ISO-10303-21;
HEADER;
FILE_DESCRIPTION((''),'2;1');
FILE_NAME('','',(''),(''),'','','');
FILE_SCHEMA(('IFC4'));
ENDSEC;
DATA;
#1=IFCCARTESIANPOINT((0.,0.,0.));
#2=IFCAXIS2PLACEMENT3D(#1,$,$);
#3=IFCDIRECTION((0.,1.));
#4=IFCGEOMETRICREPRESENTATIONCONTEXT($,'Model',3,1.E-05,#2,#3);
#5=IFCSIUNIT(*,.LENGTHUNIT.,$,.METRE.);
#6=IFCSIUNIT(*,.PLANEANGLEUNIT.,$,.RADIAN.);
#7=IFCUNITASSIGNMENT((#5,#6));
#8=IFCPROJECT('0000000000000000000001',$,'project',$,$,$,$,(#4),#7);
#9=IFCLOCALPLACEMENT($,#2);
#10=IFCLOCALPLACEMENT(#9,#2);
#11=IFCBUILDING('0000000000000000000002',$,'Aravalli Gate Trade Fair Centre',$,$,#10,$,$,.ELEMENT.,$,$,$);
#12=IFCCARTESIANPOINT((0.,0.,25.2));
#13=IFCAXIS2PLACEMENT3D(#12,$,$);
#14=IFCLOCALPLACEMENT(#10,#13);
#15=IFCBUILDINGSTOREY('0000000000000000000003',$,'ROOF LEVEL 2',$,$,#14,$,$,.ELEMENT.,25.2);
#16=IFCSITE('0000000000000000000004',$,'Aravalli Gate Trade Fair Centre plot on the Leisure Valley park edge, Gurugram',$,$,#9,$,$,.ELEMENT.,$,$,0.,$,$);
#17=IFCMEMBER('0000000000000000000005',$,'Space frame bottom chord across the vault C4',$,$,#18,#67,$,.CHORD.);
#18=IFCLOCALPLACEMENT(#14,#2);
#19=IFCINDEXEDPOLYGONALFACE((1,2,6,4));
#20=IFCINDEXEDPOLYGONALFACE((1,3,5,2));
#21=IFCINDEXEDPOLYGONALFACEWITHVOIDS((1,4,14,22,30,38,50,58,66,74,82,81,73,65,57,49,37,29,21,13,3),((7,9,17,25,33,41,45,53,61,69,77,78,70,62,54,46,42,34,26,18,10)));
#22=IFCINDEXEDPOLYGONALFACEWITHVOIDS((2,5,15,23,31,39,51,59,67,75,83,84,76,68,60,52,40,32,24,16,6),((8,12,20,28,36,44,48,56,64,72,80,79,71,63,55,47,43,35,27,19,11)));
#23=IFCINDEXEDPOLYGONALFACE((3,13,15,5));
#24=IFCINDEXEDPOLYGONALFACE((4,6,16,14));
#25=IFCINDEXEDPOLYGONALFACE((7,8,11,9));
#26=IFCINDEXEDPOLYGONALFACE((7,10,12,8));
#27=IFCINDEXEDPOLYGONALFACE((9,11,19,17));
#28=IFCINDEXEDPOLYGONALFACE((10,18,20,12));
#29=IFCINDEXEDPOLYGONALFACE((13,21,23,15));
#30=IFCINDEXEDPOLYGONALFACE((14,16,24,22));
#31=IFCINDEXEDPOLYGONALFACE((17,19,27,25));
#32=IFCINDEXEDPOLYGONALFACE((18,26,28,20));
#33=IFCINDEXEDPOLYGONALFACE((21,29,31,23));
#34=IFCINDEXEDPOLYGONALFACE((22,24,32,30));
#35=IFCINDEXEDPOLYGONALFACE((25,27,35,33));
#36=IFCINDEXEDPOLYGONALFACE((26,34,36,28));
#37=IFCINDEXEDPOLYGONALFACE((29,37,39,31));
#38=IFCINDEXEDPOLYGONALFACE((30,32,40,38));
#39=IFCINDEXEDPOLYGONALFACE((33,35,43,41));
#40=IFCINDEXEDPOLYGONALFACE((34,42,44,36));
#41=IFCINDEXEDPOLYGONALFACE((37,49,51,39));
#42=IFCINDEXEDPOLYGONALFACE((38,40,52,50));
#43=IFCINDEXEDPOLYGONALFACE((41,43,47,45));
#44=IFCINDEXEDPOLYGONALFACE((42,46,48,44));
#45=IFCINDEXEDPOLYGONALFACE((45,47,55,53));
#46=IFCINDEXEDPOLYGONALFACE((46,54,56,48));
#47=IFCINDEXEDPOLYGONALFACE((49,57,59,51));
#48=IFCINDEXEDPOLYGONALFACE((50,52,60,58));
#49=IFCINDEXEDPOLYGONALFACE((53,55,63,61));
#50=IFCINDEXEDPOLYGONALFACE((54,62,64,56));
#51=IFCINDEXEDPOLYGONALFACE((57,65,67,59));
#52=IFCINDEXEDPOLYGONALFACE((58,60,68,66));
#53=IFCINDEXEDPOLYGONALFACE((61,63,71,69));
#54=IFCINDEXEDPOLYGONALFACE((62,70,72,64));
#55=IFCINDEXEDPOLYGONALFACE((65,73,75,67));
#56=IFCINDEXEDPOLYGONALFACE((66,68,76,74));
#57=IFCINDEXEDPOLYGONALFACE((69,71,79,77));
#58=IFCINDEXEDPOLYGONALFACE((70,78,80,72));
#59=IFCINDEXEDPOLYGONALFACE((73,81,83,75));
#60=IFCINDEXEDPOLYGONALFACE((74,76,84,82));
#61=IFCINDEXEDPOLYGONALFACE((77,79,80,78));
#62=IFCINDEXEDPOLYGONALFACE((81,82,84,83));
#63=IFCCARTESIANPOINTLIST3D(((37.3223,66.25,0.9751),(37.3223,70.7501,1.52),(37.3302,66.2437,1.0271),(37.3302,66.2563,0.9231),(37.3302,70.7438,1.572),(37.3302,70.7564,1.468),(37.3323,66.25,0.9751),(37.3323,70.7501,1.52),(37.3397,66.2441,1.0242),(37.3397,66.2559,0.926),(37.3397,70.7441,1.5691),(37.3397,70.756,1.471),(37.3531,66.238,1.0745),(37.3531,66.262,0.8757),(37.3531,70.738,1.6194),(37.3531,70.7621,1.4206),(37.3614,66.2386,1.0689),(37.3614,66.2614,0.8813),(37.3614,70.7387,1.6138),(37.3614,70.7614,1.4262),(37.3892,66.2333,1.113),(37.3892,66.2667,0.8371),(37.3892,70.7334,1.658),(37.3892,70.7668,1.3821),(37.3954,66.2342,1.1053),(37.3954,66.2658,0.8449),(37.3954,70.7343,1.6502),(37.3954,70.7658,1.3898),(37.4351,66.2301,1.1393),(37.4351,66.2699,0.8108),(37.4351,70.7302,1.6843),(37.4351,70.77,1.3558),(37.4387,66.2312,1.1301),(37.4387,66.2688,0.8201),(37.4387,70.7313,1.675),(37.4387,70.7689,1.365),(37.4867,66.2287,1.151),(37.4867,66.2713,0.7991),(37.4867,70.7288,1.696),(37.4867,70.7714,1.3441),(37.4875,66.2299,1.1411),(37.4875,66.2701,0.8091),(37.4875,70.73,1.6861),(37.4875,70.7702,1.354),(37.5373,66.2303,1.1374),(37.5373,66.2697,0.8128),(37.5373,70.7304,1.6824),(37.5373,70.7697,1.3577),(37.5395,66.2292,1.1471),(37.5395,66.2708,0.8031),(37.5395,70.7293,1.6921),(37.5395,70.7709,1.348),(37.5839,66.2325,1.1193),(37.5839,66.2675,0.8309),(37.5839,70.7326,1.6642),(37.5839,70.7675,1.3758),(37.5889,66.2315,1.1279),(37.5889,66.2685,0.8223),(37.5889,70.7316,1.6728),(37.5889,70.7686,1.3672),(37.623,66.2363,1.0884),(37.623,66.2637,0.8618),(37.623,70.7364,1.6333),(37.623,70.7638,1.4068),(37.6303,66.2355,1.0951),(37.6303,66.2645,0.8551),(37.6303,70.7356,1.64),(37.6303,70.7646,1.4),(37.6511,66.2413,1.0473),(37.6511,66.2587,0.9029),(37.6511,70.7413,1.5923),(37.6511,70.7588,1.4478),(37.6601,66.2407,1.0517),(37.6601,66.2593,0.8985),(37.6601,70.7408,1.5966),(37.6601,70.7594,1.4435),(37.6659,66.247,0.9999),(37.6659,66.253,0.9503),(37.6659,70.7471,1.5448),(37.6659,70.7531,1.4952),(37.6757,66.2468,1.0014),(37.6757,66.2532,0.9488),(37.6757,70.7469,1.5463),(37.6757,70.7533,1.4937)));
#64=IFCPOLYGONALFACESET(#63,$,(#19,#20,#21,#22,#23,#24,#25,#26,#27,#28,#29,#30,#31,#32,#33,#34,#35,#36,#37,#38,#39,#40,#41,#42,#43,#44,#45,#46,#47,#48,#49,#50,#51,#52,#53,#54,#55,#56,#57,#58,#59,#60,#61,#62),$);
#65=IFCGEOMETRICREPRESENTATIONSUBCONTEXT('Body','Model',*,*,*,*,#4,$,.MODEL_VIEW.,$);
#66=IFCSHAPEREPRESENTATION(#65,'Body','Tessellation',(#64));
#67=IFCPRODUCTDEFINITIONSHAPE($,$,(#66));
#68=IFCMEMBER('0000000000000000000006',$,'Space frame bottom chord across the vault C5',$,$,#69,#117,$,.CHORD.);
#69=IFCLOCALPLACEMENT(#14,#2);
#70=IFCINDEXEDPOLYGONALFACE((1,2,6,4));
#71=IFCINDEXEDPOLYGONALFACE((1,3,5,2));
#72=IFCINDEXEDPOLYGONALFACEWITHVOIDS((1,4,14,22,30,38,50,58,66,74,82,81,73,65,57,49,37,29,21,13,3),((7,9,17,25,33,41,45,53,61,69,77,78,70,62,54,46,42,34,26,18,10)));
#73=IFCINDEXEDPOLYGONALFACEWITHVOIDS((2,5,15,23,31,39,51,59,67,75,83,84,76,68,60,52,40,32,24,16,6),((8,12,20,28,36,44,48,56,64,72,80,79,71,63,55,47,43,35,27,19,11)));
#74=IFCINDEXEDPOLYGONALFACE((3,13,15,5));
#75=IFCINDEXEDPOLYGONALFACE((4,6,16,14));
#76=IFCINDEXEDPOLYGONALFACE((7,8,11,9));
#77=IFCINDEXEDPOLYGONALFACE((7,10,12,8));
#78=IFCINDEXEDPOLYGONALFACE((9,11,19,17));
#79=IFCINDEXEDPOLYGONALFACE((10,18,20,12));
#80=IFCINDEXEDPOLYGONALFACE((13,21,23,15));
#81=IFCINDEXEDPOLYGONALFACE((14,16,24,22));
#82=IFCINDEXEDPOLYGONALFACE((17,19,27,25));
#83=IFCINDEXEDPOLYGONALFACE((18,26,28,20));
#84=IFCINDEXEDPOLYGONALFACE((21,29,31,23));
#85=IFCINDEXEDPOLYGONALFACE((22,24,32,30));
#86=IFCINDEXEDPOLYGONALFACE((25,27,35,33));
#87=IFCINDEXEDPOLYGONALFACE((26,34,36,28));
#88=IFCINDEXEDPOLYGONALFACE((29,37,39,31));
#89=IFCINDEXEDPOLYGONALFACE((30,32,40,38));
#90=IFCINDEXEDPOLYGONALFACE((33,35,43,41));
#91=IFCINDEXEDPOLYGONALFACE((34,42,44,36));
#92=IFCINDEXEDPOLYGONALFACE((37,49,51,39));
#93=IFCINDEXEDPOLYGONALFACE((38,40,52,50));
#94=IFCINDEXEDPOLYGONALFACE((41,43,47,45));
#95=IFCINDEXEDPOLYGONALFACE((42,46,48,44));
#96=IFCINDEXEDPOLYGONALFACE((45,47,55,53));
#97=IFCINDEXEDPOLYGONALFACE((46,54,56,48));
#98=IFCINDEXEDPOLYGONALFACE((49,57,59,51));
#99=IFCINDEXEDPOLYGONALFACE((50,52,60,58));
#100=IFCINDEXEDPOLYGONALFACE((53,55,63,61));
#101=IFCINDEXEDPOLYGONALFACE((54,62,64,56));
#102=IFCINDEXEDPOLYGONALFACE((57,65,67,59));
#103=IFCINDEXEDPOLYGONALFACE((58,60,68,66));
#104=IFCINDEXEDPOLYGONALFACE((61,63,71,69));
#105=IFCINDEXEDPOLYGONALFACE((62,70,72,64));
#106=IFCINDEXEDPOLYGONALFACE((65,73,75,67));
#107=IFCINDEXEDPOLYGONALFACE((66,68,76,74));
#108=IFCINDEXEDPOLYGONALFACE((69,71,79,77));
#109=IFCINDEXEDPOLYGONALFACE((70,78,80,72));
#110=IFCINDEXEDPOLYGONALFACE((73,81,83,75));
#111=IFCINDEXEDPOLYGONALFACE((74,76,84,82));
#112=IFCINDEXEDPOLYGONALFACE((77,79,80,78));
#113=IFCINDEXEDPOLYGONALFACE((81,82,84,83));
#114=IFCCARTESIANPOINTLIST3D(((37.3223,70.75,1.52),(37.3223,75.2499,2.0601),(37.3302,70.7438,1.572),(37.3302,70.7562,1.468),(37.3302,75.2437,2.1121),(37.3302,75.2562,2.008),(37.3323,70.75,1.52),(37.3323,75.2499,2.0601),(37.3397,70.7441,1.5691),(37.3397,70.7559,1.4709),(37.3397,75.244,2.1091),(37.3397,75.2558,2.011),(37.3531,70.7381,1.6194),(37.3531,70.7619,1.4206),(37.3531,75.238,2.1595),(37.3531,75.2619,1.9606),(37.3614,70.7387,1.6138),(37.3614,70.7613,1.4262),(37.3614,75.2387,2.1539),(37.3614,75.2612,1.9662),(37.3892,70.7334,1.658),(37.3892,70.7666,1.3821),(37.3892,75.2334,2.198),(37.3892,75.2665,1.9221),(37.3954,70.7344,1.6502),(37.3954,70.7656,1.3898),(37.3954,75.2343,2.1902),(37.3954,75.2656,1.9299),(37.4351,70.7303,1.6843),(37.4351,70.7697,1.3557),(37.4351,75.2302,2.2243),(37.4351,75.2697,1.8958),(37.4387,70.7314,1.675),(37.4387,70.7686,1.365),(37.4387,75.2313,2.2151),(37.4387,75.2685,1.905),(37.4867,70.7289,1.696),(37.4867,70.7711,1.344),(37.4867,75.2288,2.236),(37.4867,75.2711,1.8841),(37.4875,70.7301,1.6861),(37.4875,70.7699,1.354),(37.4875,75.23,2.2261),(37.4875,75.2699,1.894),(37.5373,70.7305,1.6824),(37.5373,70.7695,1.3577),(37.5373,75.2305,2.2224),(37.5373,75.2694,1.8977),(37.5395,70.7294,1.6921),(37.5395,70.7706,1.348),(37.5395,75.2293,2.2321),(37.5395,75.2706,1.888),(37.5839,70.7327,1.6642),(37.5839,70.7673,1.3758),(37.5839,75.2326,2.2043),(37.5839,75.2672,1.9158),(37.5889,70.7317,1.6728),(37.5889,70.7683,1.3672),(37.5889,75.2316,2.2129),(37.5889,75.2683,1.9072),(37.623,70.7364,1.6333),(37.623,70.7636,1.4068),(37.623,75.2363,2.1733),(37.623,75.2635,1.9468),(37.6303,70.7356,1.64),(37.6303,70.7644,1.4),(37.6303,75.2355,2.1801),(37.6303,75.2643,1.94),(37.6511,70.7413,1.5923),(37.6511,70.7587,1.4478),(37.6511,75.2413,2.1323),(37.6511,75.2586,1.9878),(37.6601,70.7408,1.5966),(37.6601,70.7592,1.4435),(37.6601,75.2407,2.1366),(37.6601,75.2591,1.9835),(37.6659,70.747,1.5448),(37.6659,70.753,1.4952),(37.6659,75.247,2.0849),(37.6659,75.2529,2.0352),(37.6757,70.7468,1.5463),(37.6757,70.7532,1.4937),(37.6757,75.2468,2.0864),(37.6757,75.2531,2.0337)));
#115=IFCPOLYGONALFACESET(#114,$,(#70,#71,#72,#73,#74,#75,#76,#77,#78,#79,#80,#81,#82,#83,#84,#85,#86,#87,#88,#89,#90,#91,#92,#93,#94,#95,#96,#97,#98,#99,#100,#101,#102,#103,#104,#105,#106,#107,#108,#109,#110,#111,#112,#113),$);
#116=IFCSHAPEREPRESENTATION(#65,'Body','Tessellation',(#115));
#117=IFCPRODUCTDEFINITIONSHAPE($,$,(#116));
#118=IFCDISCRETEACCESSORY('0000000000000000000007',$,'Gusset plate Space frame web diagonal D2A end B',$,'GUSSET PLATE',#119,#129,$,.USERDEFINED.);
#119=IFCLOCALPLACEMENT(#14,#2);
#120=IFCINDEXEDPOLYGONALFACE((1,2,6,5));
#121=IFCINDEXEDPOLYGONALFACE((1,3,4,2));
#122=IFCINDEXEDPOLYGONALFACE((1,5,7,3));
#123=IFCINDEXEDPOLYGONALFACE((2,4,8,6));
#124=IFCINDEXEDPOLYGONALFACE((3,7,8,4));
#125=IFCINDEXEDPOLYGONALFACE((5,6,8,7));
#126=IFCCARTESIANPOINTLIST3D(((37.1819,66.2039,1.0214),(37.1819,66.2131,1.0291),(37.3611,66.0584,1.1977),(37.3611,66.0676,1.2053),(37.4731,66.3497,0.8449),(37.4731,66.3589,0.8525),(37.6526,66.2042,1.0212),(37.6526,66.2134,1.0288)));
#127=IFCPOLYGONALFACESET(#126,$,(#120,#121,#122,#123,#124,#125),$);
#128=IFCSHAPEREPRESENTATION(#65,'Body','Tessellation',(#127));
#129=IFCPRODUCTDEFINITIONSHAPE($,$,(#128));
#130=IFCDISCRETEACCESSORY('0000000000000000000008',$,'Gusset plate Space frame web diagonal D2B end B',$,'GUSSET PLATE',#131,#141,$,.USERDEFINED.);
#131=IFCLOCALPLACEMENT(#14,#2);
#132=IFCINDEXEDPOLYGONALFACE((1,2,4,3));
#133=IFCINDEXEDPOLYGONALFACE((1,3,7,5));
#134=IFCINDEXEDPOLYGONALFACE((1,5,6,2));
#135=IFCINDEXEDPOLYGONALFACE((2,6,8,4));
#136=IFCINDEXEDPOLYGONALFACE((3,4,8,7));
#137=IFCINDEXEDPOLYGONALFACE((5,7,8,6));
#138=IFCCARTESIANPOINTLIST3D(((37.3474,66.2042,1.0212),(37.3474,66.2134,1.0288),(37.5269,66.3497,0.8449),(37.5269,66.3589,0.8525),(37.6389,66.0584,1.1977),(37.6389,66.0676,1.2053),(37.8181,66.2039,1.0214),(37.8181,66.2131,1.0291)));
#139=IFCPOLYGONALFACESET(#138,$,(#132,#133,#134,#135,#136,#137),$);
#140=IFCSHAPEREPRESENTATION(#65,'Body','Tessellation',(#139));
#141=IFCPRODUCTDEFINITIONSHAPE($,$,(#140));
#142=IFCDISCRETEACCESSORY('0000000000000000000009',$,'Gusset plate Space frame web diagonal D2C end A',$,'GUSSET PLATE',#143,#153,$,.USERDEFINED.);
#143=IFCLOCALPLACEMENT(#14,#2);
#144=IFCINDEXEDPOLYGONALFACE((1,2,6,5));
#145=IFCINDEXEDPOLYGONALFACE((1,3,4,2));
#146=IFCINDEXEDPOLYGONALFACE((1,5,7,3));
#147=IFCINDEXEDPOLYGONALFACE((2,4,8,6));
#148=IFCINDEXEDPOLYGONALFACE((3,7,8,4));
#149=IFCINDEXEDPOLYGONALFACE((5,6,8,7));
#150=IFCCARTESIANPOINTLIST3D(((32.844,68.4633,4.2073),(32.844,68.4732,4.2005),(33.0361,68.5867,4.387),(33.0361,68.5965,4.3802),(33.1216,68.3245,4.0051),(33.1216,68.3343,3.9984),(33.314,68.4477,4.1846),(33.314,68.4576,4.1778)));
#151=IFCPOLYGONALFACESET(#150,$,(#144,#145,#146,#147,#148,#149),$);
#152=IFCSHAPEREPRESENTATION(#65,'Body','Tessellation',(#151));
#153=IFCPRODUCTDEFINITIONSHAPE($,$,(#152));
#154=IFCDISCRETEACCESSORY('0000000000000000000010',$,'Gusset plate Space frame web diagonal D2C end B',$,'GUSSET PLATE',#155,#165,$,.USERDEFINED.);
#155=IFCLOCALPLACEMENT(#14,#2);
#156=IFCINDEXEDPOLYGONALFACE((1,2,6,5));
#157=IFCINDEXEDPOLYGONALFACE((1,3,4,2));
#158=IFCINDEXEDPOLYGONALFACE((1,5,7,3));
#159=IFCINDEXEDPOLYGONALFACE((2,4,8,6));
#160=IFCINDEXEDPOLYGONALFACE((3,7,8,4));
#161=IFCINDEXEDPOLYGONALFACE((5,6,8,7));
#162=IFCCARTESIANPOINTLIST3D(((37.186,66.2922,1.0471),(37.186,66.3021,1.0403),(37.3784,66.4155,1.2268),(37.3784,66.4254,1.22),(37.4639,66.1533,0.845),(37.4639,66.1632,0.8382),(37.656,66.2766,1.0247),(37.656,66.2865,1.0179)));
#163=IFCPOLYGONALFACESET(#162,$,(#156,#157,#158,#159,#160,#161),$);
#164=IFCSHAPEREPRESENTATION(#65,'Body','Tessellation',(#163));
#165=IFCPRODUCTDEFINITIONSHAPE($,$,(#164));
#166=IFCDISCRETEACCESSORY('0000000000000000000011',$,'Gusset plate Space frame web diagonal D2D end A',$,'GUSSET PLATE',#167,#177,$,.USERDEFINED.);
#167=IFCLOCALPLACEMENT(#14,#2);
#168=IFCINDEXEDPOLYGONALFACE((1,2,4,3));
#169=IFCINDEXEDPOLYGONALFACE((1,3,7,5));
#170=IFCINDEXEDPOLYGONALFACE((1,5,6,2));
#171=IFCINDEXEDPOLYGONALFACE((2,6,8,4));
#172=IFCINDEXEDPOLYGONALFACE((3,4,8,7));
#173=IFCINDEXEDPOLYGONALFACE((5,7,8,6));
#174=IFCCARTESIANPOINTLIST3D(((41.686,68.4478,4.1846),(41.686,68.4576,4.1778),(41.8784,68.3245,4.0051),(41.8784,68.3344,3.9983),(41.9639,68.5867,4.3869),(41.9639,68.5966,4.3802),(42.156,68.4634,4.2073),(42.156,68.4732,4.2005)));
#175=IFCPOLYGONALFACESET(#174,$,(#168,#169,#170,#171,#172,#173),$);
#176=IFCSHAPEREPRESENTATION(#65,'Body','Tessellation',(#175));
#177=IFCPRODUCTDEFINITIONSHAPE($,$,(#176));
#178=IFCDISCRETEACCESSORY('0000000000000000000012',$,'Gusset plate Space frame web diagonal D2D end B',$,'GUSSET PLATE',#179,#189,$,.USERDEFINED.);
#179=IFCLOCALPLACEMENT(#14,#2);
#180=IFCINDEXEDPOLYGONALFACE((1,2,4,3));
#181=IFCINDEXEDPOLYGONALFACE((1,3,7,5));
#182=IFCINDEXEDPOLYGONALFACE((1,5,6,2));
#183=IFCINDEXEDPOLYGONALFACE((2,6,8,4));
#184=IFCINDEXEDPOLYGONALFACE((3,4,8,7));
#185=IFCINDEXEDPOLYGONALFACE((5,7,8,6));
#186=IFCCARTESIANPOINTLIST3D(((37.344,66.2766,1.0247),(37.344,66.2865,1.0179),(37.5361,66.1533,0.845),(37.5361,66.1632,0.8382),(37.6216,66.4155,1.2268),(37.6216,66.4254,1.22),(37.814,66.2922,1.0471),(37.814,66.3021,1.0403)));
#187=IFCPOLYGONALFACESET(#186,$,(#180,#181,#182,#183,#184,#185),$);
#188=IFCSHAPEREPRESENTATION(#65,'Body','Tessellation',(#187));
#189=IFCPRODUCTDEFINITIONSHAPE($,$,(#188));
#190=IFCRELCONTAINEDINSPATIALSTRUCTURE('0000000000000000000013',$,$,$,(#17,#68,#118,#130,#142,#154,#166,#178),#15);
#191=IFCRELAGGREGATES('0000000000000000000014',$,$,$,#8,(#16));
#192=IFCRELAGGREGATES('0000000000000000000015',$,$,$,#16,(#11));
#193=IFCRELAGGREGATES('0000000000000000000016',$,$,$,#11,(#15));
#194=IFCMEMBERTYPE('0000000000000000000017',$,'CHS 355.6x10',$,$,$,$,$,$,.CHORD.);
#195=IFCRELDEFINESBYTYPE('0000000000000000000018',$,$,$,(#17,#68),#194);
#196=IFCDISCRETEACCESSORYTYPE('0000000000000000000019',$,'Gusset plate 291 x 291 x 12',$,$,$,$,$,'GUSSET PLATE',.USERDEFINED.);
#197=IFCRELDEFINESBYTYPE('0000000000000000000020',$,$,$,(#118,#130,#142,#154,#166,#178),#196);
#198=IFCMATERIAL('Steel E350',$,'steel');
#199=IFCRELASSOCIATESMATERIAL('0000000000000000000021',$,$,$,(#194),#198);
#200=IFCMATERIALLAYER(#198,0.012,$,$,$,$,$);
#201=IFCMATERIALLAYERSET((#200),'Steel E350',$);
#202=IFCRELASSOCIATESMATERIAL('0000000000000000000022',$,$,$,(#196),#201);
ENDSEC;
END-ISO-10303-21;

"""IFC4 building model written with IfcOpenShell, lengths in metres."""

from ifc_helpers import new_model, si_unit, direction, frame, origin, origin_2d, place, context, subcontext, project, spatial, polyline, hollow_circle, outline, extrude, material, layer, layer_set, material_profile, profile_set, type_object, element, save


model = new_model("IFC4")

# Units and contexts
model_context = context("Model", 3, precision=1e-05, world=origin(), true_north=direction((0.0, 1.0)))
body_context = subcontext(model_context, "Body", "Model", "MODEL_VIEW")
ifc_project = project(units=[si_unit("LENGTHUNIT", "METRE"), si_unit("PLANEANGLEUNIT", "RADIAN")], contexts=[model_context])

# Site, building, storey
site_placement = place(None, origin())
site = spatial("IfcSite", under=ifc_project, at=site_placement, Name="Aravalli Gate Trade Fair Centre plot on the Leisure Valley park edge, Gurugram", CompositionType="ELEMENT", RefElevation=0.0)
building_placement = place(site_placement, origin())
building = spatial("IfcBuilding", under=site, at=building_placement, Name="Aravalli Gate Trade Fair Centre", CompositionType="ELEMENT")
storey_placement = place(building_placement, frame((0.0, 0.0, 25.2)))
storey = spatial("IfcBuildingStorey", under=building, at=storey_placement, Name="ROOF LEVEL 2", CompositionType="ELEMENT", Elevation=25.2)

# Members
ifc_material = material(Name="Steel E350", Category="steel")
ifc_material_profile_1 = material_profile(ifc_material, hollow_circle(Radius=0.1777, WallThickness=0.01, at=origin_2d()), Name="CHS 355.6x10")
ifc_profile_set_1 = profile_set([ifc_material_profile_1], Name="Steel E350")
member_type_1 = type_object("IfcMemberType", Name="CHS 355.6x10", PredefinedType="CHORD", material=ifc_profile_set_1)
member_1_placement = place(storey_placement, frame((37.5, 66.25, 0.9751), z_axis=(0.0, 0.992748, 0.120216), x_axis=(-1.0, 0.0, 0.0)))
element("IfcMember", 1, at=member_1_placement, inside=storey, type_object=member_type_1, Name="Space frame bottom chord across the vault C4", PredefinedType="CHORD", context=body_context, shape_type="SweptSolid", body=[
    extrude(hollow_circle(Radius=0.1777, WallThickness=0.01, at=origin_2d()), origin(), (0.0, 0.0, 1.0), 4.533),
])
member_2_placement = place(storey_placement, frame((37.5, 70.75, 1.52), z_axis=(0.0, 0.992876, 0.119154), x_axis=(-1.0, 0.0, 0.0)))
element("IfcMember", 2, at=member_2_placement, inside=storey, type_object=member_type_1, Name="Space frame bottom chord across the vault C5", PredefinedType="CHORD", context=body_context, shape_type="SweptSolid", body=[
    extrude(hollow_circle(Radius=0.1777, WallThickness=0.01, at=origin_2d()), origin(), (0.0, 0.0, 1.0), 4.5322),
])

# Discrete accessories
ifc_layer = layer(ifc_material, 0.012)
ifc_layer_set = layer_set([ifc_layer], Name="Steel E350")
discrete_accessory_type = type_object("IfcDiscreteAccessoryType", Name="Gusset plate 291 x 291 x 12", ElementType="GUSSET PLATE", PredefinedType="USERDEFINED", material=ifc_layer_set)
discrete_accessory_1_placement = place(storey_placement, frame((37.1819, 66.2131, 1.0291), z_axis=(-0.00007, 0.771155, 0.636648), x_axis=(0.786233, 0.393446, -0.476485)))
element("IfcDiscreteAccessory", 3, at=discrete_accessory_1_placement, inside=storey, type_object=discrete_accessory_type, Name="Gusset plate Space frame web diagonal D2A end B", ObjectType="GUSSET PLATE", PredefinedType="USERDEFINED", context=body_context, shape_type="SweptSolid", body=[
    extrude(outline(polyline([(0.0, 0.0), (0.3704, 0.0), (0.3703, -0.2906), (-0.0003, -0.2904), (0.0, 0.0)])), origin(), (0.0, 0.0, -1.0), 0.012),
])
discrete_accessory_2_placement = place(storey_placement, frame((37.6389, 66.0676, 1.2053), z_axis=(0.00007, 0.771155, 0.636648), x_axis=(-0.786484, 0.393242, -0.476238)))
element("IfcDiscreteAccessory", 4, at=discrete_accessory_2_placement, inside=storey, type_object=discrete_accessory_type, Name="Gusset plate Space frame web diagonal D2B end B", ObjectType="GUSSET PLATE", PredefinedType="USERDEFINED", context=body_context, shape_type="SweptSolid", body=[
    extrude(outline(polyline([(0.0, 0.0), (0.3706, 0.0), (0.3707, -0.2906), (0.0002, -0.2904), (0.0, 0.0)])), origin(), (0.0, 0.0, -1.0), 0.012),
])
discrete_accessory_3_placement = place(storey_placement, frame((33.1216, 68.3245, 4.0051), z_axis=(-0.000059, -0.824356, 0.566072), x_axis=(-0.749371, 0.374861, 0.545822)))
element("IfcDiscreteAccessory", 5, at=discrete_accessory_3_placement, inside=storey, type_object=discrete_accessory_type, Name="Gusset plate Space frame web diagonal D2C end A", ObjectType="GUSSET PLATE", PredefinedType="USERDEFINED", context=body_context, shape_type="SweptSolid", body=[
    extrude(outline(polyline([(0.0, 0.0), (0.3704, 0.0), (0.3707, -0.2905), (0.0, -0.2905), (0.0, 0.0)])), origin(), (0.0, 0.0, -1.0), 0.012),
])
discrete_accessory_4_placement = place(storey_placement, frame((37.186, 66.2922, 1.0471), z_axis=(-0.000356, -0.824387, 0.566027), x_axis=(0.74966, -0.37483, -0.545447)))
element("IfcDiscreteAccessory", 6, at=discrete_accessory_4_placement, inside=storey, type_object=discrete_accessory_type, Name="Gusset plate Space frame web diagonal D2C end B", ObjectType="GUSSET PLATE", PredefinedType="USERDEFINED", context=body_context, shape_type="SweptSolid", body=[
    extrude(outline(polyline([(0.0, 0.0), (0.3706, 0.0), (0.3704, 0.2905), (0.0, 0.2907), (0.0, 0.0)])), origin(), (0.0, 0.0, -1.0), 0.012),
])
discrete_accessory_5_placement = place(storey_placement, frame((41.686, 68.4478, 4.1846), z_axis=(0.000059, -0.824356, 0.566072), x_axis=(0.749391, 0.374849, 0.545804)))
element("IfcDiscreteAccessory", 7, at=discrete_accessory_5_placement, inside=storey, type_object=discrete_accessory_type, Name="Gusset plate Space frame web diagonal D2D end A", ObjectType="GUSSET PLATE", PredefinedType="USERDEFINED", context=body_context, shape_type="SweptSolid", body=[
    extrude(outline(polyline([(0.0, 0.0), (0.3707, 0.0), (0.3704, -0.2905), (0.0, -0.2905), (0.0, 0.0)])), origin(), (0.0, 0.0, -1.0), 0.012),
])
discrete_accessory_6_placement = place(storey_placement, frame((37.6216, 66.4155, 1.2268), z_axis=(0.000356, -0.824387, 0.566027), x_axis=(-0.749371, -0.375015, -0.545716)))
element("IfcDiscreteAccessory", 8, at=discrete_accessory_6_placement, inside=storey, type_object=discrete_accessory_type, Name="Gusset plate Space frame web diagonal D2D end B", ObjectType="GUSSET PLATE", PredefinedType="USERDEFINED", context=body_context, shape_type="SweptSolid", body=[
    extrude(outline(polyline([(0.0, 0.0), (0.3704, 0.0), (0.3707, 0.2905), (0.0001, 0.2907), (0.0, 0.0)])), origin(), (0.0, 0.0, -1.0), 0.012),
])

save(model, "model.ifc")
